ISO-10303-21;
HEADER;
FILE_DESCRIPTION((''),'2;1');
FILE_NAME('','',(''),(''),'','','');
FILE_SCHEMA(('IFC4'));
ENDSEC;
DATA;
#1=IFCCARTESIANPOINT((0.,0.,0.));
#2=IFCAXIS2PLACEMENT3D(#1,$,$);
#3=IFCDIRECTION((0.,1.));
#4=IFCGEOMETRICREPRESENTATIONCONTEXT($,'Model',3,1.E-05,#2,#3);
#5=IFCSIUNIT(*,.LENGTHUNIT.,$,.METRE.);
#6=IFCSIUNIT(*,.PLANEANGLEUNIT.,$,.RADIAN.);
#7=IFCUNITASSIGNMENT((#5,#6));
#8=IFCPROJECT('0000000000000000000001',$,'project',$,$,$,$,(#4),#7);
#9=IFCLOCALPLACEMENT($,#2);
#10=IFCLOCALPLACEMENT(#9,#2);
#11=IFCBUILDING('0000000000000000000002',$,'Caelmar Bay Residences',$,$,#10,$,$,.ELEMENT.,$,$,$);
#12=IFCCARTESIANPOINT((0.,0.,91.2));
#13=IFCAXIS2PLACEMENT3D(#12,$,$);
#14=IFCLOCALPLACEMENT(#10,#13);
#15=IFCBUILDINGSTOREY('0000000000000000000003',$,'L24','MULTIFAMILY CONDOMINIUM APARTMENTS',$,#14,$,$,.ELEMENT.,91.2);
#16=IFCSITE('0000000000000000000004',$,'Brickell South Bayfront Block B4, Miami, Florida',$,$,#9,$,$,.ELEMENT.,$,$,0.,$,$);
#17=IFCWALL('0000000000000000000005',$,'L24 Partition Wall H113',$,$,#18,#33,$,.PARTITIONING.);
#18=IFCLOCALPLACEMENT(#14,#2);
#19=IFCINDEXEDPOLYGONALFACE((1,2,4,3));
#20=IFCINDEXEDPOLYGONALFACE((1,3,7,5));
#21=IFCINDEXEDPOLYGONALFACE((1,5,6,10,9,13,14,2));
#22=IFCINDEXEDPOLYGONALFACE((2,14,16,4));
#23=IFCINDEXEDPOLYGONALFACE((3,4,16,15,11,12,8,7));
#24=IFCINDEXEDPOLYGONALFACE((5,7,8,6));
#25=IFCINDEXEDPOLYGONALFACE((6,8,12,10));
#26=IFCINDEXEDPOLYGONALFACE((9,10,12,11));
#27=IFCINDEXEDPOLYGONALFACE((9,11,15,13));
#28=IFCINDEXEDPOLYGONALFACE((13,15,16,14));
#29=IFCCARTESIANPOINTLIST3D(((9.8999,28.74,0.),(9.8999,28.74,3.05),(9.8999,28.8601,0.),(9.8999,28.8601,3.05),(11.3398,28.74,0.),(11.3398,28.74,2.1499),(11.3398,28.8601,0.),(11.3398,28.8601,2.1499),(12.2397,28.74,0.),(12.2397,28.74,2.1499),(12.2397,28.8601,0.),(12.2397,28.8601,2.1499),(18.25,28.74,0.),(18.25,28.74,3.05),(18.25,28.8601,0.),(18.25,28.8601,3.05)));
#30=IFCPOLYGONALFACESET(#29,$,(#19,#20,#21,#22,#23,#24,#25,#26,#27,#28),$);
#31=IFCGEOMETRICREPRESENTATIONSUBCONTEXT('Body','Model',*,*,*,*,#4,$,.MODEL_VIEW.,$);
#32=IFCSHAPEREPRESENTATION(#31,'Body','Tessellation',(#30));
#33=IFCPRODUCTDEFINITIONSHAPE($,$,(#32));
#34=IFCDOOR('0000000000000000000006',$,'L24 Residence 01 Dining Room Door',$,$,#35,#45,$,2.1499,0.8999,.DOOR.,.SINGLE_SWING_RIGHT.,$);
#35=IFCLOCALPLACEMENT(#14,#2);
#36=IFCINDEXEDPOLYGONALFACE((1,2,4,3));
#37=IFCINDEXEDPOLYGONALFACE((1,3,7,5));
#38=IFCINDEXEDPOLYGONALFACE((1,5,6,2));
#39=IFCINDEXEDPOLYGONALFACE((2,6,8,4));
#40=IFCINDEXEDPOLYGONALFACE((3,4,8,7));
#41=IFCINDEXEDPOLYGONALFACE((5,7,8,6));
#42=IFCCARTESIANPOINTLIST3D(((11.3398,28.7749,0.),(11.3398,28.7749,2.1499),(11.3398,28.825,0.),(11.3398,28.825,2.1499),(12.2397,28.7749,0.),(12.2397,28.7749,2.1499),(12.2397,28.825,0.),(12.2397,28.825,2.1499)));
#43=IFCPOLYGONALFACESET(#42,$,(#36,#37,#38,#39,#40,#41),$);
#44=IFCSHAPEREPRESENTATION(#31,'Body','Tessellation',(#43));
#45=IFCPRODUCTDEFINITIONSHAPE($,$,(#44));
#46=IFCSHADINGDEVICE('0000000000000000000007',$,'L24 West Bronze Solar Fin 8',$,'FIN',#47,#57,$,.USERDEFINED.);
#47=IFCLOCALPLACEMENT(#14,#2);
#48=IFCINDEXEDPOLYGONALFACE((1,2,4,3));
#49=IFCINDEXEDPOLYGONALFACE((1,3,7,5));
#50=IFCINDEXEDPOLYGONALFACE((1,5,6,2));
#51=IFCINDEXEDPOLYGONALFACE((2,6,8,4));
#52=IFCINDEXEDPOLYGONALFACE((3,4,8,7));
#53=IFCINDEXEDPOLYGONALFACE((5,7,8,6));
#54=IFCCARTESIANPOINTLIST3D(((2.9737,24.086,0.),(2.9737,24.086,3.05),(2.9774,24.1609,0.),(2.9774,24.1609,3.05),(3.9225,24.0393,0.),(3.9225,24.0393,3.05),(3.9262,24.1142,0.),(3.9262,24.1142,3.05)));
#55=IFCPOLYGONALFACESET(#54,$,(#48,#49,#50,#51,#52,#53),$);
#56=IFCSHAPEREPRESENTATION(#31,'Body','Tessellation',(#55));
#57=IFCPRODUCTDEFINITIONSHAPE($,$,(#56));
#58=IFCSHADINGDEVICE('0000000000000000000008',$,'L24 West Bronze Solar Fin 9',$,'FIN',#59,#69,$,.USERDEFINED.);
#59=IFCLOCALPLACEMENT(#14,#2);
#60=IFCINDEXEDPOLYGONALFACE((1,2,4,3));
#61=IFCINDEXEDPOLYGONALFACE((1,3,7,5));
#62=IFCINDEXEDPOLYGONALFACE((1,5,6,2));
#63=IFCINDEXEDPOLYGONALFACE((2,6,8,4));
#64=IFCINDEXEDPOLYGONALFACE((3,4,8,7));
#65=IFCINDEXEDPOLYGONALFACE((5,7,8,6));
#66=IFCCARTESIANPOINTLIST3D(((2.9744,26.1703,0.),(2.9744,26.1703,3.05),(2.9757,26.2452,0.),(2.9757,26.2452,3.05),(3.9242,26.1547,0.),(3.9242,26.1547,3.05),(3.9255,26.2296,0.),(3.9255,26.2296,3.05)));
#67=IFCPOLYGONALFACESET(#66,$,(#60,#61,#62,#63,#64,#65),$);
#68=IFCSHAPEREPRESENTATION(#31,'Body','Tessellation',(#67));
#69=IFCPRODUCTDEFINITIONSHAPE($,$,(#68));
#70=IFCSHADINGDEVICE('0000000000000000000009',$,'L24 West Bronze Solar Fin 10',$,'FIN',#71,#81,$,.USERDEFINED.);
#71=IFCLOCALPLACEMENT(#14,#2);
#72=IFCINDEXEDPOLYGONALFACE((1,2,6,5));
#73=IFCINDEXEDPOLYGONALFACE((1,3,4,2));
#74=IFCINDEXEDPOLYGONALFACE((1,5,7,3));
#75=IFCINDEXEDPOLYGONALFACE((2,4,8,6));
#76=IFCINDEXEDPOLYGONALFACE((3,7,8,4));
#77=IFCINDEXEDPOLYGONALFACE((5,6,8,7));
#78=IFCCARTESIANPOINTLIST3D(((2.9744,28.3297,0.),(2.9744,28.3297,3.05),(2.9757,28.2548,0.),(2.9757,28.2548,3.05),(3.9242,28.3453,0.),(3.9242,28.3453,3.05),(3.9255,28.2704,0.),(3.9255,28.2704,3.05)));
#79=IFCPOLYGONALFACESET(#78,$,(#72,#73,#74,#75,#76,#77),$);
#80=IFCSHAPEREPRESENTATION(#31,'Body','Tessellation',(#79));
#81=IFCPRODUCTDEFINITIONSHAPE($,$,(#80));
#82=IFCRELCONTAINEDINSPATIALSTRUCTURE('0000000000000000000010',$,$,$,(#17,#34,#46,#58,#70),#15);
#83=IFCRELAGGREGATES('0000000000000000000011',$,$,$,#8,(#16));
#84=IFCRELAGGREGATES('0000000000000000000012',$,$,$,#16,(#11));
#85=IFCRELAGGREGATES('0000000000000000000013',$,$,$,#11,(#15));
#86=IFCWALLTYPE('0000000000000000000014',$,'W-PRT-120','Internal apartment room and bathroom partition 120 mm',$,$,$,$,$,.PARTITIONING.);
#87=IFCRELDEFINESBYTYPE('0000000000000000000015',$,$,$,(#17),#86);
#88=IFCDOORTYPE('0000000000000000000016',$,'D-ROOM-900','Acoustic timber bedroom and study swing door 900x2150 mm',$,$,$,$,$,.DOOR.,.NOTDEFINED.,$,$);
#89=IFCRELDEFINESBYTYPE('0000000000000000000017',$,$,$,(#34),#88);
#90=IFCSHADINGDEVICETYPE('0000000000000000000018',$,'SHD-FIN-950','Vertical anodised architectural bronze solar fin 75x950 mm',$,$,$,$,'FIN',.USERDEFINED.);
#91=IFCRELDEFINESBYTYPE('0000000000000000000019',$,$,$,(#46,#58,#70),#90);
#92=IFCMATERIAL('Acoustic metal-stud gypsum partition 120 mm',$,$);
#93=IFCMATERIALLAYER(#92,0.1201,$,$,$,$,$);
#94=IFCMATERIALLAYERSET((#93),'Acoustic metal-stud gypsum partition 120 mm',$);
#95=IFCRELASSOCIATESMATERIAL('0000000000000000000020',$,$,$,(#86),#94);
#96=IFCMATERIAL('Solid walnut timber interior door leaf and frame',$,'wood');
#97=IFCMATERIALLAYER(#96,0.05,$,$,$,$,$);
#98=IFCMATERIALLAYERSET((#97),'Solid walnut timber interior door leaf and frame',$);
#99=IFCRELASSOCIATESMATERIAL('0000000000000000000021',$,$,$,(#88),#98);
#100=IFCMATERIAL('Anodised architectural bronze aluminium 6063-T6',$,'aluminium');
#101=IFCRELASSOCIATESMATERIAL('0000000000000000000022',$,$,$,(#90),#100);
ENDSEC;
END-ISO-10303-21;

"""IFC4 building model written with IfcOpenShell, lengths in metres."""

from ifc_helpers import new_model, si_unit, direction, frame, frame_2d, origin, origin_2d, place, context, subcontext, project, spatial, rectangle, extrude, material, layer, layer_set, material_profile, profile_set, type_object, element, fill, save


model = new_model("IFC4")

# Units and contexts
model_context = context("Model", 3, precision=1e-05, world=origin(), true_north=direction((0.0, 1.0)))
body_context = subcontext(model_context, "Body", "Model", "MODEL_VIEW")
ifc_project = project(units=[si_unit("LENGTHUNIT", "METRE"), si_unit("PLANEANGLEUNIT", "RADIAN")], contexts=[model_context])

# Site, building, storey
site_placement = place(None, origin())
site = spatial("IfcSite", under=ifc_project, at=site_placement, Name="Brickell South Bayfront Block B4, Miami, Florida", CompositionType="ELEMENT", RefElevation=0.0)
building_placement = place(site_placement, origin())
building = spatial("IfcBuilding", under=site, at=building_placement, Name="Caelmar Bay Residences", CompositionType="ELEMENT")
storey_placement = place(building_placement, frame((0.0, 0.0, 91.2)))
storey = spatial("IfcBuildingStorey", under=building, at=storey_placement, Name="L24", Description="MULTIFAMILY CONDOMINIUM APARTMENTS", CompositionType="ELEMENT", Elevation=91.2)

# Shared definitions
ifc_material_1 = material(Name="Acoustic metal-stud gypsum partition 120 mm")
ifc_layer_1 = layer(ifc_material_1, 0.1201)
ifc_layer_set_1 = layer_set([ifc_layer_1], Name="Acoustic metal-stud gypsum partition 120 mm")
wall_type_1 = type_object("IfcWallType", Name="W-PRT-120", Description="Internal apartment room and bathroom partition 120 mm", PredefinedType="PARTITIONING", material=ifc_layer_set_1)

# Shared definitions
ifc_material_2 = material(Name="Solid walnut timber interior door leaf and frame", Category="wood")
ifc_layer_2 = layer(ifc_material_2, 0.05)
ifc_layer_set_2 = layer_set([ifc_layer_2], Name="Solid walnut timber interior door leaf and frame")
door_type = type_object("IfcDoorType", Name="D-ROOM-900", Description="Acoustic timber bedroom and study swing door 900x2150 mm", OperationType="NOTDEFINED", PredefinedType="DOOR", material=ifc_layer_set_2)

# Wall, opening, door
wall_1_placement = place(storey_placement, frame((9.8999, 28.8, 0.0), z_axis=(0.0, 0.0, 1.0), x_axis=(1.0, 0.0, 0.0)))
wall_1 = element("IfcWall", 1, at=wall_1_placement, inside=storey, type_object=wall_type_1, Name="L24 Partition Wall H113", PredefinedType="PARTITIONING", context=body_context, shape_type="SweptSolid", body=[
    extrude(rectangle(XDim=8.3501, YDim=0.1201, at=frame_2d((4.175, 0.0))), origin(), (0.0, 0.0, 1.0), 3.05),
])
opening_1_placement = place(wall_1_placement, frame((1.4399, 0.0, 0.0)))
opening_1 = element("IfcOpeningElement", 2, at=opening_1_placement, cuts=wall_1, PredefinedType="OPENING", context=body_context, shape_type="SweptSolid", body=[
    extrude(rectangle(XDim=0.8999, YDim=2.1499, at=frame_2d((0.45, 1.075))), frame((0.0, 0.0701, 0.0), z_axis=(0.0, -1.0, 0.0), x_axis=(1.0, 0.0, 0.0)), (0.0, 0.0, 1.0), 0.1401),
])
door_1_placement = place(opening_1_placement, origin())
door_1 = element("IfcDoor", 3, at=door_1_placement, inside=storey, type_object=door_type, Name="L24 Residence 01 Dining Room Door", OperationType="SINGLE_SWING_RIGHT", OverallHeight=2.1499, OverallWidth=0.8999, PredefinedType="DOOR", context=body_context, shape_type="SweptSolid", body=[
    extrude(rectangle(XDim=0.8999, YDim=2.1499, at=frame_2d((0.45, 1.075))), frame((0.0, 0.0249, 0.0), z_axis=(0.0, -1.0, 0.0), x_axis=(1.0, 0.0, 0.0)), (0.0, 0.0, 1.0), 0.05),
])
fill(opening_1, door_1)

# Shading devices
ifc_material_3 = material(Name="Anodised architectural bronze aluminium 6063-T6", Category="aluminium")
ifc_material_profile_1 = material_profile(ifc_material_3, rectangle(XDim=0.075, YDim=0.95, at=origin_2d()), Name="BRONZE-FIN-75X950")
ifc_profile_set_1 = profile_set([ifc_material_profile_1], Name="Anodised architectural bronze aluminium 6063-T6")
shading_device_type = type_object("IfcShadingDeviceType", Name="SHD-FIN-950", Description="Vertical anodised architectural bronze solar fin 75x950 mm", ElementType="FIN", PredefinedType="USERDEFINED", material=ifc_profile_set_1)
for number, where, z_axis, x_axis, name in (
    (4, (3.45, 24.1001, 0.0), (0.0, 0.0, 1.0), (0.049198, 0.998789, 0.0), "L24 West Bronze Solar Fin 8"),
    (5, (3.45, 26.2, 0.0), (0.0, 0.0, 1.0), (0.016405, 0.999865, 0.0), "L24 West Bronze Solar Fin 9"),
    (6, (3.45, 28.3, 0.0), (0.0, 0.0, 1.0), (-0.016405, 0.999865, 0.0), "L24 West Bronze Solar Fin 10"),
):
    element("IfcShadingDevice", number, at=place(storey_placement, frame(where, z_axis=z_axis, x_axis=x_axis)), inside=storey, type_object=shading_device_type, Name=name, ObjectType="FIN", PredefinedType="USERDEFINED", context=body_context, shape_type="SweptSolid", body=[
        extrude(rectangle(XDim=0.075, YDim=0.95, at=origin_2d()), origin(), (0.0, 0.0, 1.0), 3.05),
    ])

save(model, "model.ifc")
